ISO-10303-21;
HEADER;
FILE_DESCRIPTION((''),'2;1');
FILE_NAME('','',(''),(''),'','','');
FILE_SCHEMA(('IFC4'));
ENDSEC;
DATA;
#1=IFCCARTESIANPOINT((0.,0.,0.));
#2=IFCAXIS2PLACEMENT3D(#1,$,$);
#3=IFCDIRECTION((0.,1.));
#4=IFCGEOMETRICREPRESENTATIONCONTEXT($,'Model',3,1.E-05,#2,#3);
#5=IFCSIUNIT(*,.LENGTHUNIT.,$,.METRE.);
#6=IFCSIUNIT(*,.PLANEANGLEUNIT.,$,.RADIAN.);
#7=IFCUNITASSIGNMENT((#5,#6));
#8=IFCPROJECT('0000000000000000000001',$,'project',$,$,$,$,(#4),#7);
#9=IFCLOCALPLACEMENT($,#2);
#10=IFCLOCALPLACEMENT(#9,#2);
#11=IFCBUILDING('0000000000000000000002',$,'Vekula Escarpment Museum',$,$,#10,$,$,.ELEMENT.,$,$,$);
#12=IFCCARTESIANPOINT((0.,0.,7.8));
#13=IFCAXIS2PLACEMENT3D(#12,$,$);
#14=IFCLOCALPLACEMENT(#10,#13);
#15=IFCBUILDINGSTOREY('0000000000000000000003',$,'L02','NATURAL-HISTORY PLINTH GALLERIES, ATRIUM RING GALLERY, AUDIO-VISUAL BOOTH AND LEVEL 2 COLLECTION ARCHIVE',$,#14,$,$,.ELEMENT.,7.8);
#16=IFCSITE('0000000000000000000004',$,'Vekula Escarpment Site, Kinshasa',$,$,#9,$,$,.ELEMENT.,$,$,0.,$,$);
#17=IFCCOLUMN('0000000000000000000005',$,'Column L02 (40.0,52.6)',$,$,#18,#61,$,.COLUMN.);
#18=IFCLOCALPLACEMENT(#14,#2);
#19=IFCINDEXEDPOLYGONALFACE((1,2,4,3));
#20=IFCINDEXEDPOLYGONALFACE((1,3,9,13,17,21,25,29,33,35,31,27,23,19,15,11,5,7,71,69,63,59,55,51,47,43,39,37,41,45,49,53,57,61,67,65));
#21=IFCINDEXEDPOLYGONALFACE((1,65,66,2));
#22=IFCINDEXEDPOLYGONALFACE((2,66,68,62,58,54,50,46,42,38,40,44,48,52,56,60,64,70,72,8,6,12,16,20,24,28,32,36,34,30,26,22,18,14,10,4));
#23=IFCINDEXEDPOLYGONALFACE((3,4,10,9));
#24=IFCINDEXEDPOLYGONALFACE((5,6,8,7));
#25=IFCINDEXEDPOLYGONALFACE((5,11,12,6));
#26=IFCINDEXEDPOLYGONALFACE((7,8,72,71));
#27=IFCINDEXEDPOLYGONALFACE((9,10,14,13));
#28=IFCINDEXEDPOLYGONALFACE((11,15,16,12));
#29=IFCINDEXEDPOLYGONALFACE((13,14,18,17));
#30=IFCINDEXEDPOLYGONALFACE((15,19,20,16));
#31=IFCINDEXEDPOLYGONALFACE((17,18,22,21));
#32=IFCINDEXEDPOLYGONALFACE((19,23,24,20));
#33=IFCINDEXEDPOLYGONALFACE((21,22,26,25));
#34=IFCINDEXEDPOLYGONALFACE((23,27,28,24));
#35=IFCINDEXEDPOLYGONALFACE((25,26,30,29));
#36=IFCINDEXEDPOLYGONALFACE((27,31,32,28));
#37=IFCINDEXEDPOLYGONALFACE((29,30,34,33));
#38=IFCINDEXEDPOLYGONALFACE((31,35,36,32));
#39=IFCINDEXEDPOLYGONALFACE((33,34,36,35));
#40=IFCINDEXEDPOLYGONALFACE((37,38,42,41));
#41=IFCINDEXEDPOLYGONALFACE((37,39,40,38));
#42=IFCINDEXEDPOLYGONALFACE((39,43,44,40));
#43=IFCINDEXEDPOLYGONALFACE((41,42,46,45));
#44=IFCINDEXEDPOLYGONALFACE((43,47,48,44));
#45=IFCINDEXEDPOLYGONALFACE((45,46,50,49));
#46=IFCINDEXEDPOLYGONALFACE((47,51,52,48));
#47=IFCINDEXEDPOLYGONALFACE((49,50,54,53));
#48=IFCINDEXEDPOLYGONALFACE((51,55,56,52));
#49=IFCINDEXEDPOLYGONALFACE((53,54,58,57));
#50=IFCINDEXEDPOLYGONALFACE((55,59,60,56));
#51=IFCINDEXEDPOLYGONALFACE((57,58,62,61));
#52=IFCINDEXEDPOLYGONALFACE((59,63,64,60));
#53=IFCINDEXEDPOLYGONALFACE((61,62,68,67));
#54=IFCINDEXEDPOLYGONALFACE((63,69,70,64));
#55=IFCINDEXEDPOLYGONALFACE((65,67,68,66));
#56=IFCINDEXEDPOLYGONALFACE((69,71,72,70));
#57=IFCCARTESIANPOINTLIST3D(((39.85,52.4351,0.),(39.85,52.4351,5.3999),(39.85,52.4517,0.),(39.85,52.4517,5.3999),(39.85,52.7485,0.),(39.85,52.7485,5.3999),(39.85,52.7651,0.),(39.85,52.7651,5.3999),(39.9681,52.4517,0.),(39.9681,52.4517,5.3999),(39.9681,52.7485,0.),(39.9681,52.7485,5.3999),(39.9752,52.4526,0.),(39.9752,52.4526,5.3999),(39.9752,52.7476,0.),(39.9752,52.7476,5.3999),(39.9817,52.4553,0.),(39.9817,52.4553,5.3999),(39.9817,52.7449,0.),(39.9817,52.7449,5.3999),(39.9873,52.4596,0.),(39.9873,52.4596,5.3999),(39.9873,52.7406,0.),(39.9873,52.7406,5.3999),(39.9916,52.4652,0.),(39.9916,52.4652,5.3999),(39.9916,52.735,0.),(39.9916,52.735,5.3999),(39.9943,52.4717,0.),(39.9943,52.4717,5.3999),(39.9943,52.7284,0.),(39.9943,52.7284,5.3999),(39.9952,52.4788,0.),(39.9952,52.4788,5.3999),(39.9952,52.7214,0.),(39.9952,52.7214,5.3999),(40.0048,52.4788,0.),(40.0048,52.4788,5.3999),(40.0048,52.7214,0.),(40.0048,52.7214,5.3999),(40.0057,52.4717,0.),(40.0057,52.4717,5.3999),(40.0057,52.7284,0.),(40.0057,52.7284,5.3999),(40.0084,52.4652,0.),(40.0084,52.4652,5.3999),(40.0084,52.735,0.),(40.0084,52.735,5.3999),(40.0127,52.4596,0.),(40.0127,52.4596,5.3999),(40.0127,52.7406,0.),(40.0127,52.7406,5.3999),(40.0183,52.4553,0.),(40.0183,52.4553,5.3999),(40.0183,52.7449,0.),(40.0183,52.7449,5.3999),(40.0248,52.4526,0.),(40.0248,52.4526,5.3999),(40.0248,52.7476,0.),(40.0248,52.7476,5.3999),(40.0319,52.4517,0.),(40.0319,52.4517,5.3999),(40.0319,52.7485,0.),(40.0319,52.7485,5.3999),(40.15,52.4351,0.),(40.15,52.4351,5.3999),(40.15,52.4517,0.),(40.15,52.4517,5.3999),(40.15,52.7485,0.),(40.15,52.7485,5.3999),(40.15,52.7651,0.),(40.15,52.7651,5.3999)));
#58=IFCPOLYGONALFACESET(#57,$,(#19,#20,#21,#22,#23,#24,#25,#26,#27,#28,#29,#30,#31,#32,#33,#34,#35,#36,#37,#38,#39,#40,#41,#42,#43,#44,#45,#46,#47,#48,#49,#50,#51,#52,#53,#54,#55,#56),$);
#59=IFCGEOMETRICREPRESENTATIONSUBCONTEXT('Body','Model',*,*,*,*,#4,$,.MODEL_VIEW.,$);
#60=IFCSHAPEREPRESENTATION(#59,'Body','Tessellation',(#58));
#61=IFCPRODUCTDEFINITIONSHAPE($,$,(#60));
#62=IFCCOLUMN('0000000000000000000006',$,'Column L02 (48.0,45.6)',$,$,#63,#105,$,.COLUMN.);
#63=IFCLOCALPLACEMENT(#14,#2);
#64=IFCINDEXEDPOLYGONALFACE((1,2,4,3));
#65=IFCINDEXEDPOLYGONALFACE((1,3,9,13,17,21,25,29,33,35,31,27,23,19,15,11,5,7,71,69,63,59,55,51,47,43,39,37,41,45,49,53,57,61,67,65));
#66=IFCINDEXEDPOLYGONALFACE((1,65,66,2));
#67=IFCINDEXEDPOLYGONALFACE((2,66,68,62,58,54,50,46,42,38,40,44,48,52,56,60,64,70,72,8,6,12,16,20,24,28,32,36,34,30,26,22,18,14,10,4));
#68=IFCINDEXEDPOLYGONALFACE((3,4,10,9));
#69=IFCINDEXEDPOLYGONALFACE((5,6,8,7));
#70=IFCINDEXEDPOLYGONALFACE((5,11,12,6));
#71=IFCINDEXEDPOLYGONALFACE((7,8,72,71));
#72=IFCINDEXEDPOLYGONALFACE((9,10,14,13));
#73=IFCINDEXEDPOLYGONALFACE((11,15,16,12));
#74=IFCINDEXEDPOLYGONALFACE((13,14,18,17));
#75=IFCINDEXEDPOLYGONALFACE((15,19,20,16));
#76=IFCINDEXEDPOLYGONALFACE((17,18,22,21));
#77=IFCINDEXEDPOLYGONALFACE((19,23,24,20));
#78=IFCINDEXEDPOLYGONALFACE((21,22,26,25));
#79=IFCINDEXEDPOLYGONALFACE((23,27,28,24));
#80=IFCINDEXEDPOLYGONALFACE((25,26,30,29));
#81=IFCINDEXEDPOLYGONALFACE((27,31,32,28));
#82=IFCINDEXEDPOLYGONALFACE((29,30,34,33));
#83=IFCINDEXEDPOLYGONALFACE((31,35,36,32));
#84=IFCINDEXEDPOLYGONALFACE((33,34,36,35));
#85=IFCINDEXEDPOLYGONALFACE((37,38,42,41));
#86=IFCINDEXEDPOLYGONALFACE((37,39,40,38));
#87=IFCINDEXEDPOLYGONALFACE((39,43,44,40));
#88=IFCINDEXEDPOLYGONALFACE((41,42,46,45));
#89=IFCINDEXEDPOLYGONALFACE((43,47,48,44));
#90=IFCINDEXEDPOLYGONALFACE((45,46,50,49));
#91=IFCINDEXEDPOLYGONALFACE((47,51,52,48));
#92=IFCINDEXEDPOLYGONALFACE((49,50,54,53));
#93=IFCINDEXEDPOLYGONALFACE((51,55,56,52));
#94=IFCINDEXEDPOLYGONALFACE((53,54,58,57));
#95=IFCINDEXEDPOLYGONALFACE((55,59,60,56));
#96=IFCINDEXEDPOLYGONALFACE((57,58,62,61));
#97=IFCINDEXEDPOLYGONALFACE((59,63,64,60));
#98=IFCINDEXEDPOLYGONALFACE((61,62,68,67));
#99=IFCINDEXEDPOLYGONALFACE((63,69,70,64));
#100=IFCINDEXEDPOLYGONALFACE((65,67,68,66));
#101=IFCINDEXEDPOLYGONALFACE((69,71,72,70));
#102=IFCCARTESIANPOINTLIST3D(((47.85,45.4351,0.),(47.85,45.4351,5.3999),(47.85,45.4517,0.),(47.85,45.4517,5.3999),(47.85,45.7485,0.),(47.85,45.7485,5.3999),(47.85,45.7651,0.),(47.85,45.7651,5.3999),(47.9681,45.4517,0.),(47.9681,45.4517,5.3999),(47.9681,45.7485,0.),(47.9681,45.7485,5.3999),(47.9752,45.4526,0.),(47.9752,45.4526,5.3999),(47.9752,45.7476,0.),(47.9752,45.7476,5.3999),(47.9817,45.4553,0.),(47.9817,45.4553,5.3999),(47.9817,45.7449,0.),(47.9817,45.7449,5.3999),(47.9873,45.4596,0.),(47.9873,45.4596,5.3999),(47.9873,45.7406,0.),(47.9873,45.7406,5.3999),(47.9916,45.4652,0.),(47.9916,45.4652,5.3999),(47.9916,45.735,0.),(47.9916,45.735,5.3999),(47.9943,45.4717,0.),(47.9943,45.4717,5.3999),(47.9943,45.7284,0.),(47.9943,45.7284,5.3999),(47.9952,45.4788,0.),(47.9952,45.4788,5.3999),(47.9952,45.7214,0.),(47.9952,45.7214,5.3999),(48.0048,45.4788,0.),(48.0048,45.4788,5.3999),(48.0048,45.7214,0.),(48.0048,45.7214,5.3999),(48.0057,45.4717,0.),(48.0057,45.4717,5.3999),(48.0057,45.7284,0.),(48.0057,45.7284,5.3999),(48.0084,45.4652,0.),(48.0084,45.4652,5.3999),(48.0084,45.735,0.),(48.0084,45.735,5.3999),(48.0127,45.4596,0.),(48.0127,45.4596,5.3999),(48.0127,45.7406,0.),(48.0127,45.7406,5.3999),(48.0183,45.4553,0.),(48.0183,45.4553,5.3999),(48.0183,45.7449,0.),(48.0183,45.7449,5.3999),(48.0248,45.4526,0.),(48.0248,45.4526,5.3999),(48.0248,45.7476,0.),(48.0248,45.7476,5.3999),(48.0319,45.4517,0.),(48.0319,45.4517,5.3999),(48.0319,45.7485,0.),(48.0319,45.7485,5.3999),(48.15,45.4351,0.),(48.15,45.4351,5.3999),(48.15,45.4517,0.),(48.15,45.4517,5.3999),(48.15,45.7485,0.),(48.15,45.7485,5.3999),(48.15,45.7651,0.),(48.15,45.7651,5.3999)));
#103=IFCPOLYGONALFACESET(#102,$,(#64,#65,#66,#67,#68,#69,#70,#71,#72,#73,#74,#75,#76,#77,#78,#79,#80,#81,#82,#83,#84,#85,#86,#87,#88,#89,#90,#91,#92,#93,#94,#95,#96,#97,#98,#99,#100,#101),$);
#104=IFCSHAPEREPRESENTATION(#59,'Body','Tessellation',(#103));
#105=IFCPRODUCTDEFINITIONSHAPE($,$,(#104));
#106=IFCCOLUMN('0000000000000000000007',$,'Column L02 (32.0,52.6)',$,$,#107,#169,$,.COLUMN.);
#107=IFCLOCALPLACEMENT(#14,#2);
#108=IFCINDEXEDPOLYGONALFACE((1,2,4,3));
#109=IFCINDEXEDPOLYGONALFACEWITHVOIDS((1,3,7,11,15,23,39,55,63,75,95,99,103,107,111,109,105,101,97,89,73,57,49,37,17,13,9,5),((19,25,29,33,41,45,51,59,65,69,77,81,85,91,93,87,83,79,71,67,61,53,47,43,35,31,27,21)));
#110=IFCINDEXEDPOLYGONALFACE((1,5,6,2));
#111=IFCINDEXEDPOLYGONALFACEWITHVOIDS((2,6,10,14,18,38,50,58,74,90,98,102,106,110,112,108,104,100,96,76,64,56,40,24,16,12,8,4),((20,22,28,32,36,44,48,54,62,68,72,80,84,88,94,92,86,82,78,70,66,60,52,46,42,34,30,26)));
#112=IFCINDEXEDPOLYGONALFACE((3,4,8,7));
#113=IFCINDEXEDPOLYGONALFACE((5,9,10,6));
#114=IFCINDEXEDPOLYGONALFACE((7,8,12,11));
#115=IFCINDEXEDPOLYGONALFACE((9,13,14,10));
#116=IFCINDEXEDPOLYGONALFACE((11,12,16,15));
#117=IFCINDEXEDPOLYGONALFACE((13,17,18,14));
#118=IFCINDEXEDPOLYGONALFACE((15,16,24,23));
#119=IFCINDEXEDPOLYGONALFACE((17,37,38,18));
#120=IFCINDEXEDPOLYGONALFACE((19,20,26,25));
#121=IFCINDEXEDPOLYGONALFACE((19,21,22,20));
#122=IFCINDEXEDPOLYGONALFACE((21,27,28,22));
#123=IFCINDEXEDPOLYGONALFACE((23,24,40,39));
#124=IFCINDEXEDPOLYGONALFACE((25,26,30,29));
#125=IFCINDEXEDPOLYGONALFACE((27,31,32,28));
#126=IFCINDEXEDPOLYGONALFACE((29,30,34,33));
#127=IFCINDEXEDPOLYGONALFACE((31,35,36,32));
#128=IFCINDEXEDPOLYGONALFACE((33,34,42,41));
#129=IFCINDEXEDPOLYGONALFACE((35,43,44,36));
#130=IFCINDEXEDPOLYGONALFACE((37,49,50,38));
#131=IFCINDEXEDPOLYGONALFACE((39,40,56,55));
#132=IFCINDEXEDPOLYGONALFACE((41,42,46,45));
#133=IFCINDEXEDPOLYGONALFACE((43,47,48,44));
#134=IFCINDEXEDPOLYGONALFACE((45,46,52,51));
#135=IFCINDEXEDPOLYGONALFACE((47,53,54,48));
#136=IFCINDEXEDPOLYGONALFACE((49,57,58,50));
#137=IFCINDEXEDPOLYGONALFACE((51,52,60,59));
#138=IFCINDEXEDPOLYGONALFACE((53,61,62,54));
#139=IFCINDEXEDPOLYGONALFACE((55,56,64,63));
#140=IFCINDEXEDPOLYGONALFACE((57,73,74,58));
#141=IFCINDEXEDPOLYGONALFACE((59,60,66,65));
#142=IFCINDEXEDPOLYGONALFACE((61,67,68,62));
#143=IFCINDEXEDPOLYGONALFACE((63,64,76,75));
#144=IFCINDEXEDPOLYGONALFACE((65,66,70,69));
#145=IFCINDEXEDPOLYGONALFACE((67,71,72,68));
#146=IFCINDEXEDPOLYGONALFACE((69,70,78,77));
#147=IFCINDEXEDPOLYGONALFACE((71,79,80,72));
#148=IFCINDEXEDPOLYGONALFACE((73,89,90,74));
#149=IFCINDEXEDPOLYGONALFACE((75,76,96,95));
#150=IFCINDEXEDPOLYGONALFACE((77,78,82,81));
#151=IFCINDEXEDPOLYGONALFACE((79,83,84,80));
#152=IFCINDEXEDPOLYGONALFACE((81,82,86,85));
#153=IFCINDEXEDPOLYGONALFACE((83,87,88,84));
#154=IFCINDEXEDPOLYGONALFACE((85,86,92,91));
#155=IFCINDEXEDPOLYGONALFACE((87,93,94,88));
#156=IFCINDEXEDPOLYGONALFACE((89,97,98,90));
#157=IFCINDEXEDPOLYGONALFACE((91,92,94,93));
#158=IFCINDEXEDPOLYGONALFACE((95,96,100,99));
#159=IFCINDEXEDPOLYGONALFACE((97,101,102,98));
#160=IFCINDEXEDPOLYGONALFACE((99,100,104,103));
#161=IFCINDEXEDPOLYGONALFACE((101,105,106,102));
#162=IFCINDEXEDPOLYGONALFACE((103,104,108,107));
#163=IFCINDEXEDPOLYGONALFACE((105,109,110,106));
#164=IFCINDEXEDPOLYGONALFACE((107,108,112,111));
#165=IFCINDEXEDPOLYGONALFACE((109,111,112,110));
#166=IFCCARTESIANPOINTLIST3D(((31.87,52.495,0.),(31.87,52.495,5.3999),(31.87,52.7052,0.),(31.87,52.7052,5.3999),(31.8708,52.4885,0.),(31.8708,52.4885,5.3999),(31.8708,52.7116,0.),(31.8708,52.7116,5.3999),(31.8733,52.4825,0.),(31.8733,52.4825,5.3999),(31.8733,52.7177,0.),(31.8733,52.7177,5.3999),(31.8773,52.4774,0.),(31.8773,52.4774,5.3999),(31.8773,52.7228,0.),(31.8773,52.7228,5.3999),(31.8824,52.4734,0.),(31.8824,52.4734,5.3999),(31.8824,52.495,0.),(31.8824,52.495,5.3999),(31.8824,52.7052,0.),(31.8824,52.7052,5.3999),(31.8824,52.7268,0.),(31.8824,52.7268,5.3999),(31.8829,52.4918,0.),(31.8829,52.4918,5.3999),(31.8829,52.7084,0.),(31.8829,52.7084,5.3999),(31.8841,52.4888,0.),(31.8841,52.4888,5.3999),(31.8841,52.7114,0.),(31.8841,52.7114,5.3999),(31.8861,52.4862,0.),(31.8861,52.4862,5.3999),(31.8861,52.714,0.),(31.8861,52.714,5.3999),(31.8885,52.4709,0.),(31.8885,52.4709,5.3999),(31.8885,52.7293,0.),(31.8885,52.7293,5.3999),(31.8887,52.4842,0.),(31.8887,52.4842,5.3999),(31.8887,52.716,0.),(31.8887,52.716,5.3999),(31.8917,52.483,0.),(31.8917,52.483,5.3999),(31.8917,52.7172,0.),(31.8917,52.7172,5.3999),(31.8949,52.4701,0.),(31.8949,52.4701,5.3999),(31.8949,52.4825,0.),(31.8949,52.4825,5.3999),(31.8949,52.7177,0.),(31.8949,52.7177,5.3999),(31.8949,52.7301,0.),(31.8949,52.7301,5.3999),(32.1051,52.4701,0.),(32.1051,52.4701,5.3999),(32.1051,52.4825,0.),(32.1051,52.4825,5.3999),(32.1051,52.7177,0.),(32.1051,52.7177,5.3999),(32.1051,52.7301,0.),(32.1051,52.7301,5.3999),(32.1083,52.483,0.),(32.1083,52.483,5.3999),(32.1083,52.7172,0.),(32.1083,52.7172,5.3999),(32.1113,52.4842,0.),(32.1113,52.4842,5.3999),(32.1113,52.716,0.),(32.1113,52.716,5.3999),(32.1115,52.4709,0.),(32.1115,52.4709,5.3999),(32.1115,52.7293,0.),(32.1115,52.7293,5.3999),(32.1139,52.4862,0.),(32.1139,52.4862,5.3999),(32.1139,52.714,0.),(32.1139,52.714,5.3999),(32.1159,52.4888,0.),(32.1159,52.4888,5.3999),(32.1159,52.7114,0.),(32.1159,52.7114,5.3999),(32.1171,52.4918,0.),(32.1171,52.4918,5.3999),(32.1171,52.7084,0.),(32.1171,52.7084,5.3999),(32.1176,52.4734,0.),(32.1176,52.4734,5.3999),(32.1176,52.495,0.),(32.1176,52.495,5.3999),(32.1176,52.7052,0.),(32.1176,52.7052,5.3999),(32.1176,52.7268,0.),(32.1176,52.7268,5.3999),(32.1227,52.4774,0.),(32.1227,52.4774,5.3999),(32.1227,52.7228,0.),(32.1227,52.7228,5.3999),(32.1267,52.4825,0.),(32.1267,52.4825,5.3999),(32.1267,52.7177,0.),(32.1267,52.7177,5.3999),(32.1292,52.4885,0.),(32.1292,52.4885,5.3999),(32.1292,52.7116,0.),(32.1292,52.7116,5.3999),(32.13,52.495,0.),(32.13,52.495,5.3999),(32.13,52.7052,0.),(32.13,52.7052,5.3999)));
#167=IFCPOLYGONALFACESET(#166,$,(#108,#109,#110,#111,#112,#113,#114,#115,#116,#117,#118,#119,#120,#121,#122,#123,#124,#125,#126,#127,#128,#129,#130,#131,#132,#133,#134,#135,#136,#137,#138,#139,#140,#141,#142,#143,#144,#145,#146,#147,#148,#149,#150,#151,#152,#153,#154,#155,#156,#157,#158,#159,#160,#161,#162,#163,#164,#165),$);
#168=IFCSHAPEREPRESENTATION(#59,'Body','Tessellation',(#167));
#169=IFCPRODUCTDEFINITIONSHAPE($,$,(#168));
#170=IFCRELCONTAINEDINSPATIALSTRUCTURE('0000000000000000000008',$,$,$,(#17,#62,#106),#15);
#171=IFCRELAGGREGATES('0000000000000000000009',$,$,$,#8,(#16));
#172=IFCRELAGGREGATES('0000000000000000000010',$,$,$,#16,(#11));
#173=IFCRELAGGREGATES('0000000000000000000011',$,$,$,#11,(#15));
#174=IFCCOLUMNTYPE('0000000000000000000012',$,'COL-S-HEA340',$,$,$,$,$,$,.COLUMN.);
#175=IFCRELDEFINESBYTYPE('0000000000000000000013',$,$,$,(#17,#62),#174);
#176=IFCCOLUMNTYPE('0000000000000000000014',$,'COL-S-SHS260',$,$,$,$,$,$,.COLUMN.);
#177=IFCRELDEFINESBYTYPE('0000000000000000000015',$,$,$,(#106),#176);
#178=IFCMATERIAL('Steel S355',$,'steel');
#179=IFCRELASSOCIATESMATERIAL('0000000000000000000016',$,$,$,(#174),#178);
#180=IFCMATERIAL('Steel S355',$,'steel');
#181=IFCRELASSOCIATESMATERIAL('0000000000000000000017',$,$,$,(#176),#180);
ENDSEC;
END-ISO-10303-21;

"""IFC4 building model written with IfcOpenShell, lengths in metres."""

from ifc_helpers import new_model, si_unit, direction, frame, origin, origin_2d, place, context, subcontext, project, spatial, hollow_rectangle, i_section, extrude, material, material_profile, profile_set, type_object, element, save


model = new_model("IFC4")

# Units and contexts
model_context = context("Model", 3, precision=1e-05, world=origin(), true_north=direction((0.0, 1.0)))
body_context = subcontext(model_context, "Body", "Model", "MODEL_VIEW")
ifc_project = project(units=[si_unit("LENGTHUNIT", "METRE"), si_unit("PLANEANGLEUNIT", "RADIAN")], contexts=[model_context])

# Site, building, storey
site_placement = place(None, origin())
site = spatial("IfcSite", under=ifc_project, at=site_placement, Name="Vekula Escarpment Site, Kinshasa", CompositionType="ELEMENT", RefElevation=0.0)
building_placement = place(site_placement, origin())
building = spatial("IfcBuilding", under=site, at=building_placement, Name="Vekula Escarpment Museum", CompositionType="ELEMENT")
storey_placement = place(building_placement, frame((0.0, 0.0, 7.8)))
storey = spatial("IfcBuildingStorey", under=building, at=storey_placement, Name="L02", Description="NATURAL-HISTORY PLINTH GALLERIES, ATRIUM RING GALLERY, AUDIO-VISUAL BOOTH AND LEVEL 2 COLLECTION ARCHIVE", CompositionType="ELEMENT", Elevation=7.8)

# Columns
ifc_material_1 = material(Name="Steel S355", Category="steel")
ifc_material_profile_1 = material_profile(ifc_material_1, i_section(OverallWidth=0.3, OverallDepth=0.3301, WebThickness=0.0095, FlangeThickness=0.0166, FilletRadius=0.0271, at=origin_2d()), Name="HEA 340")
ifc_profile_set_1 = profile_set([ifc_material_profile_1], Name="Steel S355")
column_type_1 = type_object("IfcColumnType", Name="COL-S-HEA340", PredefinedType="COLUMN", material=ifc_profile_set_1)
for number, where, z_axis, x_axis, name in (
    (1, (40.0, 52.6001, 0.0), (0.0, 0.0, 1.0), (1.0, 0.0, 0.0), "Column L02 (40.0,52.6)"),
    (2, (48.0, 45.6001, 0.0), (0.0, 0.0, 1.0), (1.0, 0.0, 0.0), "Column L02 (48.0,45.6)"),
):
    element("IfcColumn", number, at=place(storey_placement, frame(where, z_axis=z_axis, x_axis=x_axis)), inside=storey, type_object=column_type_1, Name=name, PredefinedType="COLUMN", context=body_context, shape_type="SweptSolid", body=[
        extrude(i_section(OverallWidth=0.3, OverallDepth=0.3301, WebThickness=0.0095, FlangeThickness=0.0166, FilletRadius=0.0271, at=origin_2d()), origin(), (0.0, 0.0, 1.0), 5.3999),
    ])
ifc_material_2 = material(Name="Steel S355", Category="steel")
ifc_material_profile_2 = material_profile(ifc_material_2, hollow_rectangle(XDim=0.26, YDim=0.26, WallThickness=0.0125, InnerFilletRadius=0.0125, OuterFilletRadius=0.0249, at=origin_2d()), Name="SHS 260x260x12.5")
ifc_profile_set_2 = profile_set([ifc_material_profile_2], Name="Steel S355")
column_type_2 = type_object("IfcColumnType", Name="COL-S-SHS260", PredefinedType="COLUMN", material=ifc_profile_set_2)
for number, where, z_axis, x_axis, name in (
    (3, (32.0, 52.6001, 0.0), (0.0, 0.0, 1.0), (1.0, 0.0, 0.0), "Column L02 (32.0,52.6)"),
):
    element("IfcColumn", number, at=place(storey_placement, frame(where, z_axis=z_axis, x_axis=x_axis)), inside=storey, type_object=column_type_2, Name=name, PredefinedType="COLUMN", context=body_context, shape_type="SweptSolid", body=[
        extrude(hollow_rectangle(XDim=0.26, YDim=0.26, WallThickness=0.0125, InnerFilletRadius=0.0125, OuterFilletRadius=0.0249, at=origin_2d()), origin(), (0.0, 0.0, 1.0), 5.3999),
    ])

save(model, "model.ifc")
